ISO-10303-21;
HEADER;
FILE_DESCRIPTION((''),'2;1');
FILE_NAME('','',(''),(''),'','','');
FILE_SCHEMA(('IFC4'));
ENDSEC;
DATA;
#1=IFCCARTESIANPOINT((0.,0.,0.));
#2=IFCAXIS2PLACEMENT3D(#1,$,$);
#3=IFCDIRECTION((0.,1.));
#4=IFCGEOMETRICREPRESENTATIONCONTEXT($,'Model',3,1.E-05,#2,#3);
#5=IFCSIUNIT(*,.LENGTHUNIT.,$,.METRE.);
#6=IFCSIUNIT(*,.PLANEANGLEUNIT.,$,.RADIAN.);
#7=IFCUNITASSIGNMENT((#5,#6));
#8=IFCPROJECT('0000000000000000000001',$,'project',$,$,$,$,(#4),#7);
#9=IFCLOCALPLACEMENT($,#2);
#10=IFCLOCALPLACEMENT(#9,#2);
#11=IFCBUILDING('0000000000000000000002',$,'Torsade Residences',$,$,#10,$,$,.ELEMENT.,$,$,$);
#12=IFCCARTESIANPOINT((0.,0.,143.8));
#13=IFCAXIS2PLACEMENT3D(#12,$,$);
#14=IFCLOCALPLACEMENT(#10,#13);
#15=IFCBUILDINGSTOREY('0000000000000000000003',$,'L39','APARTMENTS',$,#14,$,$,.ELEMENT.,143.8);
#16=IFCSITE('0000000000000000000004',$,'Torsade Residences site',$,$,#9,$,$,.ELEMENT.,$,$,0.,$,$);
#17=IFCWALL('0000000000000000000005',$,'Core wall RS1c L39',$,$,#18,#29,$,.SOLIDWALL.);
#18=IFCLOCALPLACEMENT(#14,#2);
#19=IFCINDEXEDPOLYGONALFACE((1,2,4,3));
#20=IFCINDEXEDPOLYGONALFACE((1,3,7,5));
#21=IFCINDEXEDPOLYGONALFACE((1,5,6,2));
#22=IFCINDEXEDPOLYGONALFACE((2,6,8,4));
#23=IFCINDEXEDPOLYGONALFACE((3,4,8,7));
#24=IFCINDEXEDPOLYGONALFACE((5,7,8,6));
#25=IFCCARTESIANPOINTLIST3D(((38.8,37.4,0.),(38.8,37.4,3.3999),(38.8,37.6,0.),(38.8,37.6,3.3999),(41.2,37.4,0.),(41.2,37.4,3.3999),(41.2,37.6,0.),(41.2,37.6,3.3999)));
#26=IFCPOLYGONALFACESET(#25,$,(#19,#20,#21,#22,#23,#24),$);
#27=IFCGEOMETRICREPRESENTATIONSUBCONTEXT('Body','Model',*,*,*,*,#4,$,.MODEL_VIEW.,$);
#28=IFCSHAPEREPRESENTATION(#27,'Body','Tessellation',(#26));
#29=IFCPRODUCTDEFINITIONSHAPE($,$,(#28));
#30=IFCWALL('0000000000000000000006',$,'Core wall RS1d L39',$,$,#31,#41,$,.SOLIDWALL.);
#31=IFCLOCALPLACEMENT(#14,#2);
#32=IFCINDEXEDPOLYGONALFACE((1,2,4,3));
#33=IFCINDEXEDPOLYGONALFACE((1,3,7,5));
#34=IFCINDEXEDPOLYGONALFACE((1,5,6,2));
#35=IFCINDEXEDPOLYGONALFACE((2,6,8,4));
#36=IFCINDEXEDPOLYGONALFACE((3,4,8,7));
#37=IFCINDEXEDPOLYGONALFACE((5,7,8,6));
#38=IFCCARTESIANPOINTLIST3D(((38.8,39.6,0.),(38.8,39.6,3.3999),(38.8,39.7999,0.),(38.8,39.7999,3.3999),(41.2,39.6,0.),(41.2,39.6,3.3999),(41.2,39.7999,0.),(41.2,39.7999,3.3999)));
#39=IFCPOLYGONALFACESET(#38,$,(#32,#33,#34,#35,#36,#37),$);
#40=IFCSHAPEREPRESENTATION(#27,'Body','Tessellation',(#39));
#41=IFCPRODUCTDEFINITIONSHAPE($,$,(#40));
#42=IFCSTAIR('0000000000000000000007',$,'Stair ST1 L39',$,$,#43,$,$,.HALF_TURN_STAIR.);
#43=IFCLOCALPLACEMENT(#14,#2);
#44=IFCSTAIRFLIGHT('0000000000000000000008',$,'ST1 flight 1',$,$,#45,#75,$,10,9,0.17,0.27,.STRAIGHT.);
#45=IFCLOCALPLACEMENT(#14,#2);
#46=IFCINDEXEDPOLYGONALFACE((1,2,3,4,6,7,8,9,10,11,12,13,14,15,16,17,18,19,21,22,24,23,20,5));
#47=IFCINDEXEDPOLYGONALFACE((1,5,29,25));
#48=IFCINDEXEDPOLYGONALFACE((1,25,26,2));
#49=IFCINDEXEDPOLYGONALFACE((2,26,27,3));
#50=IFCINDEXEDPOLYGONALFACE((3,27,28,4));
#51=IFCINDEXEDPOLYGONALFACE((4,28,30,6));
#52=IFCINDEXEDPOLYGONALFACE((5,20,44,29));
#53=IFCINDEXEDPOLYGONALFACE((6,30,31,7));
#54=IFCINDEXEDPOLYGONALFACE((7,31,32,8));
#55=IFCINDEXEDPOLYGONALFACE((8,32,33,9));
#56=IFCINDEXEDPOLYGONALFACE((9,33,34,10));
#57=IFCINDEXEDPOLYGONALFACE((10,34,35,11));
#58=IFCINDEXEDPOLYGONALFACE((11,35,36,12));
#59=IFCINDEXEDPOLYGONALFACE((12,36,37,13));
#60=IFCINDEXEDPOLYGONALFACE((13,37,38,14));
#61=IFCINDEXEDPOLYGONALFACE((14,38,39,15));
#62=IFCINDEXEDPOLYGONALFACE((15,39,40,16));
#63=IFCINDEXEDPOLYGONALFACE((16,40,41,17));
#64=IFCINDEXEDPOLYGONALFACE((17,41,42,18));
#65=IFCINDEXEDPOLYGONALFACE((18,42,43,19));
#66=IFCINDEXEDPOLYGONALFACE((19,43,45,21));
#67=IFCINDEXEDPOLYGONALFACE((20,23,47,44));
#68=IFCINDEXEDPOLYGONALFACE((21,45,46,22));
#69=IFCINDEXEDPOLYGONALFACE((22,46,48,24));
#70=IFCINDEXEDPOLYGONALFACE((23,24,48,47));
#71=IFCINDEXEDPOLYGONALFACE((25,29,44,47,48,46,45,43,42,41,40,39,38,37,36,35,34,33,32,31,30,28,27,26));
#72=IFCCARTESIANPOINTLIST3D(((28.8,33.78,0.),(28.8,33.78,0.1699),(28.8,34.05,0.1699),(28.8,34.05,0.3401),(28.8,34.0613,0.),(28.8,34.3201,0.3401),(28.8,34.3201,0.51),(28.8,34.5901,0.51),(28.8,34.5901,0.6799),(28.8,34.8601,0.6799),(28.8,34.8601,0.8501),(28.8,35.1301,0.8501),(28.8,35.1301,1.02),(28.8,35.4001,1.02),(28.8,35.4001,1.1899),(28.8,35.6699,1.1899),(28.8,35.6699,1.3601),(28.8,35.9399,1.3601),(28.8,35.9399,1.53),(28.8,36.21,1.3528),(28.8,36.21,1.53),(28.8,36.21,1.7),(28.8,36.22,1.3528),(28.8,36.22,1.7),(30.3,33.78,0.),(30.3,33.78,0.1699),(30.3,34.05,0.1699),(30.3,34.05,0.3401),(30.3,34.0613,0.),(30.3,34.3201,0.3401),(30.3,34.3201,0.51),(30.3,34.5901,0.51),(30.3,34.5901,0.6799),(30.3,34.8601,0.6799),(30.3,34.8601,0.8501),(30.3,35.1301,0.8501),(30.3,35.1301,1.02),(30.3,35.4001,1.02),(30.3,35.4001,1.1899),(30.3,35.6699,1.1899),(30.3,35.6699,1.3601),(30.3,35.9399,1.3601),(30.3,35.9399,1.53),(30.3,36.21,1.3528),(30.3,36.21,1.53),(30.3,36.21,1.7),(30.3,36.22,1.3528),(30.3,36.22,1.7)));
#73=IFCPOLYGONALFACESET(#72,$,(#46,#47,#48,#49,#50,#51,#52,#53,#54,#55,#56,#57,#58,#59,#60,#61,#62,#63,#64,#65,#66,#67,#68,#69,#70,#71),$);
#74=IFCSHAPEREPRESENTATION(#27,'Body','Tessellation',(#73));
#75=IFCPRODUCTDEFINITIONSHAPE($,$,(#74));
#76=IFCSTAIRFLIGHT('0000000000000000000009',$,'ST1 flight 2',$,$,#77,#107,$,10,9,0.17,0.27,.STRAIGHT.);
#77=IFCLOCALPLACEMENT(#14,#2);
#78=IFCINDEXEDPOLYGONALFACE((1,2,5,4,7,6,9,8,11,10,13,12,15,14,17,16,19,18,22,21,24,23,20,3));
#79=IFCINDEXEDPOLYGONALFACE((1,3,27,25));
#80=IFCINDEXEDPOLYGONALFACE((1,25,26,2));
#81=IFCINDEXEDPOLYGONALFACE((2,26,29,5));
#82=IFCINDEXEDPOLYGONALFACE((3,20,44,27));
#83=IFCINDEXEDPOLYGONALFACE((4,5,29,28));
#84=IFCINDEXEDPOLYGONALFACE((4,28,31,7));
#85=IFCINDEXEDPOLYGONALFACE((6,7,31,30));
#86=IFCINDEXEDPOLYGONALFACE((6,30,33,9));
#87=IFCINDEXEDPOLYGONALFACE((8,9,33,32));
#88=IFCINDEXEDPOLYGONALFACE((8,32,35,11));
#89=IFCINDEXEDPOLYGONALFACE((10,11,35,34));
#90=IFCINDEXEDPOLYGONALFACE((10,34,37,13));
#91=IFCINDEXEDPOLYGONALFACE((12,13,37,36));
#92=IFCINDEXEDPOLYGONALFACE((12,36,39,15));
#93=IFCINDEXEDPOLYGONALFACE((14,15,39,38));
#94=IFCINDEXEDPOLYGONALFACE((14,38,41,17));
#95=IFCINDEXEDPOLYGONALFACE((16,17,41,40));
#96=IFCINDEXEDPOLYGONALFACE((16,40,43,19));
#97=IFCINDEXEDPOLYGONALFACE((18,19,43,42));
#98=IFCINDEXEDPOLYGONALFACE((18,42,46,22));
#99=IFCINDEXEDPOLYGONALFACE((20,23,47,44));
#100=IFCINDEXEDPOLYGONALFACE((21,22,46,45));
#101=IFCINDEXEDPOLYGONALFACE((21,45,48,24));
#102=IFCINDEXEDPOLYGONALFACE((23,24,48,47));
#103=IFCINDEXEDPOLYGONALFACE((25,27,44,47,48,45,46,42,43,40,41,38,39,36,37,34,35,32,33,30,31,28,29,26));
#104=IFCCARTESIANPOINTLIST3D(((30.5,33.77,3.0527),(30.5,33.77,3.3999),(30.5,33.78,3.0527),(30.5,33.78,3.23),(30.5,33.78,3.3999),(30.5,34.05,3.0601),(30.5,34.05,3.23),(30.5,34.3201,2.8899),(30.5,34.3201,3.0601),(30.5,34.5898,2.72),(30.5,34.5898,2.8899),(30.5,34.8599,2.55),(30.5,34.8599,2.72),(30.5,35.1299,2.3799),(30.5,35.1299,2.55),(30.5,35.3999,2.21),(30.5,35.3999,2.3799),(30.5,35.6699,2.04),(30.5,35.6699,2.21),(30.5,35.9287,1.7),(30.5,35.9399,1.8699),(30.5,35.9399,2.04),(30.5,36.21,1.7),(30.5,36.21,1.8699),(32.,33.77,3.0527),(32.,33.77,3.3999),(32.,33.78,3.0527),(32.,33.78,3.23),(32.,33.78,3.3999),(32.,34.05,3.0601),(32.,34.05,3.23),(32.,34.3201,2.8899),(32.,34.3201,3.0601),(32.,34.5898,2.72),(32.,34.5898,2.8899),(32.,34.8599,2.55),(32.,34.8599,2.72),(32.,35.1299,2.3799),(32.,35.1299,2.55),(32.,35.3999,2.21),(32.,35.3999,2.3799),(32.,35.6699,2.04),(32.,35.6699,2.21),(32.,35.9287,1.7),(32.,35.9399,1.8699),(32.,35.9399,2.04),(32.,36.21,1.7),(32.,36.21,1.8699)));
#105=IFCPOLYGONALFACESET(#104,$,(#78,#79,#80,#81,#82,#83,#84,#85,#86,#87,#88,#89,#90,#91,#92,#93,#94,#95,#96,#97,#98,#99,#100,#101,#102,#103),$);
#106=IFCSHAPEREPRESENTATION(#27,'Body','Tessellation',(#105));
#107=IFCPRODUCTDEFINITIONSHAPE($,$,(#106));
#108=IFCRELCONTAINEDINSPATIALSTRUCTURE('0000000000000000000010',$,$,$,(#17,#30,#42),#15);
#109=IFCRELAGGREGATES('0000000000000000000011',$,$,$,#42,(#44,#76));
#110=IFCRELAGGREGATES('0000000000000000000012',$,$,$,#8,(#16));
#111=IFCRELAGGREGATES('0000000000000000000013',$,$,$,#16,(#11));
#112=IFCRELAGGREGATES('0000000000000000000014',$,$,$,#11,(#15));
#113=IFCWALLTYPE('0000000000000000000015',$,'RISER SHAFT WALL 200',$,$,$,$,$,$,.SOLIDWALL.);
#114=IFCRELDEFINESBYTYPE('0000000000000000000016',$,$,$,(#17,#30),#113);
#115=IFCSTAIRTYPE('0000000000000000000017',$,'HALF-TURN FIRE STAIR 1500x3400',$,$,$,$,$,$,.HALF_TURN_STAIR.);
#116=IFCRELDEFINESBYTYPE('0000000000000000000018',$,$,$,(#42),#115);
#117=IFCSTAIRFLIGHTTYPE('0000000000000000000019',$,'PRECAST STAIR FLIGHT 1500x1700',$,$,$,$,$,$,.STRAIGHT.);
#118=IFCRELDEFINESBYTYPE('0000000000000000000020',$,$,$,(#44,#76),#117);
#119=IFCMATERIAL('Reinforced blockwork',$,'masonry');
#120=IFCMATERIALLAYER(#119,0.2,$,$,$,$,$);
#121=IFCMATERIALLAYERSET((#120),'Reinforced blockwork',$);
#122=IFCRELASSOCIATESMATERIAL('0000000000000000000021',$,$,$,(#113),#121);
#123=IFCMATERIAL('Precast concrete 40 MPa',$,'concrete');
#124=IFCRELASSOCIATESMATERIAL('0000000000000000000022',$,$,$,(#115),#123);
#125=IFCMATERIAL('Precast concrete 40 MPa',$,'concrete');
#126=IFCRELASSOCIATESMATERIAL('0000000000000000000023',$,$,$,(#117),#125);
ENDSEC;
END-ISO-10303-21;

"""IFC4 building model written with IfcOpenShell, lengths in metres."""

from ifc_helpers import new_model, si_unit, direction, frame, frame_2d, origin, place, context, subcontext, project, spatial, polyline, rectangle, outline, extrude, material, layer, layer_set, type_object, element, aggregate, save


model = new_model("IFC4")

# Units and contexts
model_context = context("Model", 3, precision=1e-05, world=origin(), true_north=direction((0.0, 1.0)))
body_context = subcontext(model_context, "Body", "Model", "MODEL_VIEW")
ifc_project = project(units=[si_unit("LENGTHUNIT", "METRE"), si_unit("PLANEANGLEUNIT", "RADIAN")], contexts=[model_context])

# Site, building, storey
site_placement = place(None, origin())
site = spatial("IfcSite", under=ifc_project, at=site_placement, Name="Torsade Residences site", CompositionType="ELEMENT", RefElevation=0.0)
building_placement = place(site_placement, origin())
building = spatial("IfcBuilding", under=site, at=building_placement, Name="Torsade Residences", CompositionType="ELEMENT")
storey_placement = place(building_placement, frame((0.0, 0.0, 143.8)))
storey = spatial("IfcBuildingStorey", under=building, at=storey_placement, Name="L39", Description="APARTMENTS", CompositionType="ELEMENT", Elevation=143.8)

# Walls
ifc_material_1 = material(Name="Reinforced blockwork", Category="masonry")
ifc_layer_1 = layer(ifc_material_1, 0.2)
ifc_layer_set_1 = layer_set([ifc_layer_1], Name="Reinforced blockwork")
wall_type_1 = type_object("IfcWallType", Name="RISER SHAFT WALL 200", PredefinedType="SOLIDWALL", material=ifc_layer_set_1)
for number, where, z_axis, x_axis, name in (
    (1, (38.8, 37.5, 0.0), (0.0, 0.0, 1.0), (1.0, 0.0, 0.0), "Core wall RS1c L39"),
    (2, (38.8, 39.7, 0.0), (0.0, 0.0, 1.0), (1.0, 0.0, 0.0), "Core wall RS1d L39"),
):
    element("IfcWall", number, at=place(storey_placement, frame(where, z_axis=z_axis, x_axis=x_axis)), inside=storey, type_object=wall_type_1, Name=name, PredefinedType="SOLIDWALL", context=body_context, shape_type="SweptSolid", body=[
        extrude(rectangle(XDim=2.3999, YDim=0.2, at=frame_2d((1.2, 0.0))), origin(), (0.0, 0.0, 1.0), 3.3999),
    ])

# Stair, stair flights
ifc_material_2 = material(Name="Precast concrete 40 MPa", Category="concrete")
stair_type = type_object("IfcStairType", Name="HALF-TURN FIRE STAIR 1500x3400", PredefinedType="HALF_TURN_STAIR", material=ifc_material_2)
stair_placement = place(storey_placement, origin())
stair = element("IfcStair", 3, at=stair_placement, inside=storey, type_object=stair_type, Name="Stair ST1 L39", PredefinedType="HALF_TURN_STAIR")
ifc_material_3 = material(Name="Precast concrete 40 MPa", Category="concrete")
stair_flight_type = type_object("IfcStairFlightType", Name="PRECAST STAIR FLIGHT 1500x1700", PredefinedType="STRAIGHT", material=ifc_material_3)
stair_flight_1_placement = place(storey_placement, frame((29.55, 33.78, 0.0), z_axis=(0.0, 0.0, 1.0), x_axis=(0.0, 1.0, 0.0)))
stair_flight_1 = element("IfcStairFlight", 4, at=stair_flight_1_placement, type_object=stair_flight_type, Name="ST1 flight 1", NumberOfRisers=10, NumberOfTreads=9, PredefinedType="STRAIGHT", RiserHeight=0.17, TreadLength=0.27, context=body_context, shape_type="SweptSolid", body=[
    extrude(outline(polyline([(0.0, 0.0), (0.0, 0.1699), (0.27, 0.1699), (0.27, 0.3401), (0.54, 0.3401), (0.54, 0.51), (0.8101, 0.51), (0.8101, 0.6799), (1.0801, 0.6799), (1.0801, 0.8501), (1.3501, 0.8501), (1.3501, 1.02), (1.6201, 1.02), (1.6201, 1.1899), (1.8899, 1.1899), (1.8899, 1.3601), (2.1599, 1.3601), (2.1599, 1.53), (2.4299, 1.53), (2.4299, 1.7), (2.4399, 1.7), (2.4399, 1.3528), (2.4299, 1.3528), (0.2812, 0.0), (0.0, 0.0)])), frame((0.0, 0.75, 0.0), z_axis=(0.0, -1.0, 0.0), x_axis=(1.0, 0.0, 0.0)), (0.0, 0.0, 1.0), 1.5),
])
stair_flight_2_placement = place(storey_placement, frame((31.25, 36.21, 1.7), z_axis=(0.0, 0.0, 1.0), x_axis=(0.0, -1.0, 0.0)))
stair_flight_2 = element("IfcStairFlight", 5, at=stair_flight_2_placement, type_object=stair_flight_type, Name="ST1 flight 2", NumberOfRisers=10, NumberOfTreads=9, PredefinedType="STRAIGHT", RiserHeight=0.17, TreadLength=0.27, context=body_context, shape_type="SweptSolid", body=[
    extrude(outline(polyline([(0.0, 0.0), (0.0, 0.1699), (0.27, 0.1699), (0.27, 0.3401), (0.54, 0.3401), (0.54, 0.51), (0.8101, 0.51), (0.8101, 0.6799), (1.0801, 0.6799), (1.0801, 0.8501), (1.3501, 0.8501), (1.3501, 1.02), (1.6201, 1.02), (1.6201, 1.1899), (1.8899, 1.1899), (1.8899, 1.3601), (2.1599, 1.3601), (2.1599, 1.53), (2.4299, 1.53), (2.4299, 1.7), (2.4399, 1.7), (2.4399, 1.3528), (2.4299, 1.3528), (0.2812, 0.0), (0.0, 0.0)])), frame((0.0, 0.75, 0.0), z_axis=(0.0, -1.0, 0.0), x_axis=(1.0, 0.0, 0.0)), (0.0, 0.0, 1.0), 1.5),
])
aggregate(stair, [stair_flight_1, stair_flight_2])

save(model, "model.ifc")
